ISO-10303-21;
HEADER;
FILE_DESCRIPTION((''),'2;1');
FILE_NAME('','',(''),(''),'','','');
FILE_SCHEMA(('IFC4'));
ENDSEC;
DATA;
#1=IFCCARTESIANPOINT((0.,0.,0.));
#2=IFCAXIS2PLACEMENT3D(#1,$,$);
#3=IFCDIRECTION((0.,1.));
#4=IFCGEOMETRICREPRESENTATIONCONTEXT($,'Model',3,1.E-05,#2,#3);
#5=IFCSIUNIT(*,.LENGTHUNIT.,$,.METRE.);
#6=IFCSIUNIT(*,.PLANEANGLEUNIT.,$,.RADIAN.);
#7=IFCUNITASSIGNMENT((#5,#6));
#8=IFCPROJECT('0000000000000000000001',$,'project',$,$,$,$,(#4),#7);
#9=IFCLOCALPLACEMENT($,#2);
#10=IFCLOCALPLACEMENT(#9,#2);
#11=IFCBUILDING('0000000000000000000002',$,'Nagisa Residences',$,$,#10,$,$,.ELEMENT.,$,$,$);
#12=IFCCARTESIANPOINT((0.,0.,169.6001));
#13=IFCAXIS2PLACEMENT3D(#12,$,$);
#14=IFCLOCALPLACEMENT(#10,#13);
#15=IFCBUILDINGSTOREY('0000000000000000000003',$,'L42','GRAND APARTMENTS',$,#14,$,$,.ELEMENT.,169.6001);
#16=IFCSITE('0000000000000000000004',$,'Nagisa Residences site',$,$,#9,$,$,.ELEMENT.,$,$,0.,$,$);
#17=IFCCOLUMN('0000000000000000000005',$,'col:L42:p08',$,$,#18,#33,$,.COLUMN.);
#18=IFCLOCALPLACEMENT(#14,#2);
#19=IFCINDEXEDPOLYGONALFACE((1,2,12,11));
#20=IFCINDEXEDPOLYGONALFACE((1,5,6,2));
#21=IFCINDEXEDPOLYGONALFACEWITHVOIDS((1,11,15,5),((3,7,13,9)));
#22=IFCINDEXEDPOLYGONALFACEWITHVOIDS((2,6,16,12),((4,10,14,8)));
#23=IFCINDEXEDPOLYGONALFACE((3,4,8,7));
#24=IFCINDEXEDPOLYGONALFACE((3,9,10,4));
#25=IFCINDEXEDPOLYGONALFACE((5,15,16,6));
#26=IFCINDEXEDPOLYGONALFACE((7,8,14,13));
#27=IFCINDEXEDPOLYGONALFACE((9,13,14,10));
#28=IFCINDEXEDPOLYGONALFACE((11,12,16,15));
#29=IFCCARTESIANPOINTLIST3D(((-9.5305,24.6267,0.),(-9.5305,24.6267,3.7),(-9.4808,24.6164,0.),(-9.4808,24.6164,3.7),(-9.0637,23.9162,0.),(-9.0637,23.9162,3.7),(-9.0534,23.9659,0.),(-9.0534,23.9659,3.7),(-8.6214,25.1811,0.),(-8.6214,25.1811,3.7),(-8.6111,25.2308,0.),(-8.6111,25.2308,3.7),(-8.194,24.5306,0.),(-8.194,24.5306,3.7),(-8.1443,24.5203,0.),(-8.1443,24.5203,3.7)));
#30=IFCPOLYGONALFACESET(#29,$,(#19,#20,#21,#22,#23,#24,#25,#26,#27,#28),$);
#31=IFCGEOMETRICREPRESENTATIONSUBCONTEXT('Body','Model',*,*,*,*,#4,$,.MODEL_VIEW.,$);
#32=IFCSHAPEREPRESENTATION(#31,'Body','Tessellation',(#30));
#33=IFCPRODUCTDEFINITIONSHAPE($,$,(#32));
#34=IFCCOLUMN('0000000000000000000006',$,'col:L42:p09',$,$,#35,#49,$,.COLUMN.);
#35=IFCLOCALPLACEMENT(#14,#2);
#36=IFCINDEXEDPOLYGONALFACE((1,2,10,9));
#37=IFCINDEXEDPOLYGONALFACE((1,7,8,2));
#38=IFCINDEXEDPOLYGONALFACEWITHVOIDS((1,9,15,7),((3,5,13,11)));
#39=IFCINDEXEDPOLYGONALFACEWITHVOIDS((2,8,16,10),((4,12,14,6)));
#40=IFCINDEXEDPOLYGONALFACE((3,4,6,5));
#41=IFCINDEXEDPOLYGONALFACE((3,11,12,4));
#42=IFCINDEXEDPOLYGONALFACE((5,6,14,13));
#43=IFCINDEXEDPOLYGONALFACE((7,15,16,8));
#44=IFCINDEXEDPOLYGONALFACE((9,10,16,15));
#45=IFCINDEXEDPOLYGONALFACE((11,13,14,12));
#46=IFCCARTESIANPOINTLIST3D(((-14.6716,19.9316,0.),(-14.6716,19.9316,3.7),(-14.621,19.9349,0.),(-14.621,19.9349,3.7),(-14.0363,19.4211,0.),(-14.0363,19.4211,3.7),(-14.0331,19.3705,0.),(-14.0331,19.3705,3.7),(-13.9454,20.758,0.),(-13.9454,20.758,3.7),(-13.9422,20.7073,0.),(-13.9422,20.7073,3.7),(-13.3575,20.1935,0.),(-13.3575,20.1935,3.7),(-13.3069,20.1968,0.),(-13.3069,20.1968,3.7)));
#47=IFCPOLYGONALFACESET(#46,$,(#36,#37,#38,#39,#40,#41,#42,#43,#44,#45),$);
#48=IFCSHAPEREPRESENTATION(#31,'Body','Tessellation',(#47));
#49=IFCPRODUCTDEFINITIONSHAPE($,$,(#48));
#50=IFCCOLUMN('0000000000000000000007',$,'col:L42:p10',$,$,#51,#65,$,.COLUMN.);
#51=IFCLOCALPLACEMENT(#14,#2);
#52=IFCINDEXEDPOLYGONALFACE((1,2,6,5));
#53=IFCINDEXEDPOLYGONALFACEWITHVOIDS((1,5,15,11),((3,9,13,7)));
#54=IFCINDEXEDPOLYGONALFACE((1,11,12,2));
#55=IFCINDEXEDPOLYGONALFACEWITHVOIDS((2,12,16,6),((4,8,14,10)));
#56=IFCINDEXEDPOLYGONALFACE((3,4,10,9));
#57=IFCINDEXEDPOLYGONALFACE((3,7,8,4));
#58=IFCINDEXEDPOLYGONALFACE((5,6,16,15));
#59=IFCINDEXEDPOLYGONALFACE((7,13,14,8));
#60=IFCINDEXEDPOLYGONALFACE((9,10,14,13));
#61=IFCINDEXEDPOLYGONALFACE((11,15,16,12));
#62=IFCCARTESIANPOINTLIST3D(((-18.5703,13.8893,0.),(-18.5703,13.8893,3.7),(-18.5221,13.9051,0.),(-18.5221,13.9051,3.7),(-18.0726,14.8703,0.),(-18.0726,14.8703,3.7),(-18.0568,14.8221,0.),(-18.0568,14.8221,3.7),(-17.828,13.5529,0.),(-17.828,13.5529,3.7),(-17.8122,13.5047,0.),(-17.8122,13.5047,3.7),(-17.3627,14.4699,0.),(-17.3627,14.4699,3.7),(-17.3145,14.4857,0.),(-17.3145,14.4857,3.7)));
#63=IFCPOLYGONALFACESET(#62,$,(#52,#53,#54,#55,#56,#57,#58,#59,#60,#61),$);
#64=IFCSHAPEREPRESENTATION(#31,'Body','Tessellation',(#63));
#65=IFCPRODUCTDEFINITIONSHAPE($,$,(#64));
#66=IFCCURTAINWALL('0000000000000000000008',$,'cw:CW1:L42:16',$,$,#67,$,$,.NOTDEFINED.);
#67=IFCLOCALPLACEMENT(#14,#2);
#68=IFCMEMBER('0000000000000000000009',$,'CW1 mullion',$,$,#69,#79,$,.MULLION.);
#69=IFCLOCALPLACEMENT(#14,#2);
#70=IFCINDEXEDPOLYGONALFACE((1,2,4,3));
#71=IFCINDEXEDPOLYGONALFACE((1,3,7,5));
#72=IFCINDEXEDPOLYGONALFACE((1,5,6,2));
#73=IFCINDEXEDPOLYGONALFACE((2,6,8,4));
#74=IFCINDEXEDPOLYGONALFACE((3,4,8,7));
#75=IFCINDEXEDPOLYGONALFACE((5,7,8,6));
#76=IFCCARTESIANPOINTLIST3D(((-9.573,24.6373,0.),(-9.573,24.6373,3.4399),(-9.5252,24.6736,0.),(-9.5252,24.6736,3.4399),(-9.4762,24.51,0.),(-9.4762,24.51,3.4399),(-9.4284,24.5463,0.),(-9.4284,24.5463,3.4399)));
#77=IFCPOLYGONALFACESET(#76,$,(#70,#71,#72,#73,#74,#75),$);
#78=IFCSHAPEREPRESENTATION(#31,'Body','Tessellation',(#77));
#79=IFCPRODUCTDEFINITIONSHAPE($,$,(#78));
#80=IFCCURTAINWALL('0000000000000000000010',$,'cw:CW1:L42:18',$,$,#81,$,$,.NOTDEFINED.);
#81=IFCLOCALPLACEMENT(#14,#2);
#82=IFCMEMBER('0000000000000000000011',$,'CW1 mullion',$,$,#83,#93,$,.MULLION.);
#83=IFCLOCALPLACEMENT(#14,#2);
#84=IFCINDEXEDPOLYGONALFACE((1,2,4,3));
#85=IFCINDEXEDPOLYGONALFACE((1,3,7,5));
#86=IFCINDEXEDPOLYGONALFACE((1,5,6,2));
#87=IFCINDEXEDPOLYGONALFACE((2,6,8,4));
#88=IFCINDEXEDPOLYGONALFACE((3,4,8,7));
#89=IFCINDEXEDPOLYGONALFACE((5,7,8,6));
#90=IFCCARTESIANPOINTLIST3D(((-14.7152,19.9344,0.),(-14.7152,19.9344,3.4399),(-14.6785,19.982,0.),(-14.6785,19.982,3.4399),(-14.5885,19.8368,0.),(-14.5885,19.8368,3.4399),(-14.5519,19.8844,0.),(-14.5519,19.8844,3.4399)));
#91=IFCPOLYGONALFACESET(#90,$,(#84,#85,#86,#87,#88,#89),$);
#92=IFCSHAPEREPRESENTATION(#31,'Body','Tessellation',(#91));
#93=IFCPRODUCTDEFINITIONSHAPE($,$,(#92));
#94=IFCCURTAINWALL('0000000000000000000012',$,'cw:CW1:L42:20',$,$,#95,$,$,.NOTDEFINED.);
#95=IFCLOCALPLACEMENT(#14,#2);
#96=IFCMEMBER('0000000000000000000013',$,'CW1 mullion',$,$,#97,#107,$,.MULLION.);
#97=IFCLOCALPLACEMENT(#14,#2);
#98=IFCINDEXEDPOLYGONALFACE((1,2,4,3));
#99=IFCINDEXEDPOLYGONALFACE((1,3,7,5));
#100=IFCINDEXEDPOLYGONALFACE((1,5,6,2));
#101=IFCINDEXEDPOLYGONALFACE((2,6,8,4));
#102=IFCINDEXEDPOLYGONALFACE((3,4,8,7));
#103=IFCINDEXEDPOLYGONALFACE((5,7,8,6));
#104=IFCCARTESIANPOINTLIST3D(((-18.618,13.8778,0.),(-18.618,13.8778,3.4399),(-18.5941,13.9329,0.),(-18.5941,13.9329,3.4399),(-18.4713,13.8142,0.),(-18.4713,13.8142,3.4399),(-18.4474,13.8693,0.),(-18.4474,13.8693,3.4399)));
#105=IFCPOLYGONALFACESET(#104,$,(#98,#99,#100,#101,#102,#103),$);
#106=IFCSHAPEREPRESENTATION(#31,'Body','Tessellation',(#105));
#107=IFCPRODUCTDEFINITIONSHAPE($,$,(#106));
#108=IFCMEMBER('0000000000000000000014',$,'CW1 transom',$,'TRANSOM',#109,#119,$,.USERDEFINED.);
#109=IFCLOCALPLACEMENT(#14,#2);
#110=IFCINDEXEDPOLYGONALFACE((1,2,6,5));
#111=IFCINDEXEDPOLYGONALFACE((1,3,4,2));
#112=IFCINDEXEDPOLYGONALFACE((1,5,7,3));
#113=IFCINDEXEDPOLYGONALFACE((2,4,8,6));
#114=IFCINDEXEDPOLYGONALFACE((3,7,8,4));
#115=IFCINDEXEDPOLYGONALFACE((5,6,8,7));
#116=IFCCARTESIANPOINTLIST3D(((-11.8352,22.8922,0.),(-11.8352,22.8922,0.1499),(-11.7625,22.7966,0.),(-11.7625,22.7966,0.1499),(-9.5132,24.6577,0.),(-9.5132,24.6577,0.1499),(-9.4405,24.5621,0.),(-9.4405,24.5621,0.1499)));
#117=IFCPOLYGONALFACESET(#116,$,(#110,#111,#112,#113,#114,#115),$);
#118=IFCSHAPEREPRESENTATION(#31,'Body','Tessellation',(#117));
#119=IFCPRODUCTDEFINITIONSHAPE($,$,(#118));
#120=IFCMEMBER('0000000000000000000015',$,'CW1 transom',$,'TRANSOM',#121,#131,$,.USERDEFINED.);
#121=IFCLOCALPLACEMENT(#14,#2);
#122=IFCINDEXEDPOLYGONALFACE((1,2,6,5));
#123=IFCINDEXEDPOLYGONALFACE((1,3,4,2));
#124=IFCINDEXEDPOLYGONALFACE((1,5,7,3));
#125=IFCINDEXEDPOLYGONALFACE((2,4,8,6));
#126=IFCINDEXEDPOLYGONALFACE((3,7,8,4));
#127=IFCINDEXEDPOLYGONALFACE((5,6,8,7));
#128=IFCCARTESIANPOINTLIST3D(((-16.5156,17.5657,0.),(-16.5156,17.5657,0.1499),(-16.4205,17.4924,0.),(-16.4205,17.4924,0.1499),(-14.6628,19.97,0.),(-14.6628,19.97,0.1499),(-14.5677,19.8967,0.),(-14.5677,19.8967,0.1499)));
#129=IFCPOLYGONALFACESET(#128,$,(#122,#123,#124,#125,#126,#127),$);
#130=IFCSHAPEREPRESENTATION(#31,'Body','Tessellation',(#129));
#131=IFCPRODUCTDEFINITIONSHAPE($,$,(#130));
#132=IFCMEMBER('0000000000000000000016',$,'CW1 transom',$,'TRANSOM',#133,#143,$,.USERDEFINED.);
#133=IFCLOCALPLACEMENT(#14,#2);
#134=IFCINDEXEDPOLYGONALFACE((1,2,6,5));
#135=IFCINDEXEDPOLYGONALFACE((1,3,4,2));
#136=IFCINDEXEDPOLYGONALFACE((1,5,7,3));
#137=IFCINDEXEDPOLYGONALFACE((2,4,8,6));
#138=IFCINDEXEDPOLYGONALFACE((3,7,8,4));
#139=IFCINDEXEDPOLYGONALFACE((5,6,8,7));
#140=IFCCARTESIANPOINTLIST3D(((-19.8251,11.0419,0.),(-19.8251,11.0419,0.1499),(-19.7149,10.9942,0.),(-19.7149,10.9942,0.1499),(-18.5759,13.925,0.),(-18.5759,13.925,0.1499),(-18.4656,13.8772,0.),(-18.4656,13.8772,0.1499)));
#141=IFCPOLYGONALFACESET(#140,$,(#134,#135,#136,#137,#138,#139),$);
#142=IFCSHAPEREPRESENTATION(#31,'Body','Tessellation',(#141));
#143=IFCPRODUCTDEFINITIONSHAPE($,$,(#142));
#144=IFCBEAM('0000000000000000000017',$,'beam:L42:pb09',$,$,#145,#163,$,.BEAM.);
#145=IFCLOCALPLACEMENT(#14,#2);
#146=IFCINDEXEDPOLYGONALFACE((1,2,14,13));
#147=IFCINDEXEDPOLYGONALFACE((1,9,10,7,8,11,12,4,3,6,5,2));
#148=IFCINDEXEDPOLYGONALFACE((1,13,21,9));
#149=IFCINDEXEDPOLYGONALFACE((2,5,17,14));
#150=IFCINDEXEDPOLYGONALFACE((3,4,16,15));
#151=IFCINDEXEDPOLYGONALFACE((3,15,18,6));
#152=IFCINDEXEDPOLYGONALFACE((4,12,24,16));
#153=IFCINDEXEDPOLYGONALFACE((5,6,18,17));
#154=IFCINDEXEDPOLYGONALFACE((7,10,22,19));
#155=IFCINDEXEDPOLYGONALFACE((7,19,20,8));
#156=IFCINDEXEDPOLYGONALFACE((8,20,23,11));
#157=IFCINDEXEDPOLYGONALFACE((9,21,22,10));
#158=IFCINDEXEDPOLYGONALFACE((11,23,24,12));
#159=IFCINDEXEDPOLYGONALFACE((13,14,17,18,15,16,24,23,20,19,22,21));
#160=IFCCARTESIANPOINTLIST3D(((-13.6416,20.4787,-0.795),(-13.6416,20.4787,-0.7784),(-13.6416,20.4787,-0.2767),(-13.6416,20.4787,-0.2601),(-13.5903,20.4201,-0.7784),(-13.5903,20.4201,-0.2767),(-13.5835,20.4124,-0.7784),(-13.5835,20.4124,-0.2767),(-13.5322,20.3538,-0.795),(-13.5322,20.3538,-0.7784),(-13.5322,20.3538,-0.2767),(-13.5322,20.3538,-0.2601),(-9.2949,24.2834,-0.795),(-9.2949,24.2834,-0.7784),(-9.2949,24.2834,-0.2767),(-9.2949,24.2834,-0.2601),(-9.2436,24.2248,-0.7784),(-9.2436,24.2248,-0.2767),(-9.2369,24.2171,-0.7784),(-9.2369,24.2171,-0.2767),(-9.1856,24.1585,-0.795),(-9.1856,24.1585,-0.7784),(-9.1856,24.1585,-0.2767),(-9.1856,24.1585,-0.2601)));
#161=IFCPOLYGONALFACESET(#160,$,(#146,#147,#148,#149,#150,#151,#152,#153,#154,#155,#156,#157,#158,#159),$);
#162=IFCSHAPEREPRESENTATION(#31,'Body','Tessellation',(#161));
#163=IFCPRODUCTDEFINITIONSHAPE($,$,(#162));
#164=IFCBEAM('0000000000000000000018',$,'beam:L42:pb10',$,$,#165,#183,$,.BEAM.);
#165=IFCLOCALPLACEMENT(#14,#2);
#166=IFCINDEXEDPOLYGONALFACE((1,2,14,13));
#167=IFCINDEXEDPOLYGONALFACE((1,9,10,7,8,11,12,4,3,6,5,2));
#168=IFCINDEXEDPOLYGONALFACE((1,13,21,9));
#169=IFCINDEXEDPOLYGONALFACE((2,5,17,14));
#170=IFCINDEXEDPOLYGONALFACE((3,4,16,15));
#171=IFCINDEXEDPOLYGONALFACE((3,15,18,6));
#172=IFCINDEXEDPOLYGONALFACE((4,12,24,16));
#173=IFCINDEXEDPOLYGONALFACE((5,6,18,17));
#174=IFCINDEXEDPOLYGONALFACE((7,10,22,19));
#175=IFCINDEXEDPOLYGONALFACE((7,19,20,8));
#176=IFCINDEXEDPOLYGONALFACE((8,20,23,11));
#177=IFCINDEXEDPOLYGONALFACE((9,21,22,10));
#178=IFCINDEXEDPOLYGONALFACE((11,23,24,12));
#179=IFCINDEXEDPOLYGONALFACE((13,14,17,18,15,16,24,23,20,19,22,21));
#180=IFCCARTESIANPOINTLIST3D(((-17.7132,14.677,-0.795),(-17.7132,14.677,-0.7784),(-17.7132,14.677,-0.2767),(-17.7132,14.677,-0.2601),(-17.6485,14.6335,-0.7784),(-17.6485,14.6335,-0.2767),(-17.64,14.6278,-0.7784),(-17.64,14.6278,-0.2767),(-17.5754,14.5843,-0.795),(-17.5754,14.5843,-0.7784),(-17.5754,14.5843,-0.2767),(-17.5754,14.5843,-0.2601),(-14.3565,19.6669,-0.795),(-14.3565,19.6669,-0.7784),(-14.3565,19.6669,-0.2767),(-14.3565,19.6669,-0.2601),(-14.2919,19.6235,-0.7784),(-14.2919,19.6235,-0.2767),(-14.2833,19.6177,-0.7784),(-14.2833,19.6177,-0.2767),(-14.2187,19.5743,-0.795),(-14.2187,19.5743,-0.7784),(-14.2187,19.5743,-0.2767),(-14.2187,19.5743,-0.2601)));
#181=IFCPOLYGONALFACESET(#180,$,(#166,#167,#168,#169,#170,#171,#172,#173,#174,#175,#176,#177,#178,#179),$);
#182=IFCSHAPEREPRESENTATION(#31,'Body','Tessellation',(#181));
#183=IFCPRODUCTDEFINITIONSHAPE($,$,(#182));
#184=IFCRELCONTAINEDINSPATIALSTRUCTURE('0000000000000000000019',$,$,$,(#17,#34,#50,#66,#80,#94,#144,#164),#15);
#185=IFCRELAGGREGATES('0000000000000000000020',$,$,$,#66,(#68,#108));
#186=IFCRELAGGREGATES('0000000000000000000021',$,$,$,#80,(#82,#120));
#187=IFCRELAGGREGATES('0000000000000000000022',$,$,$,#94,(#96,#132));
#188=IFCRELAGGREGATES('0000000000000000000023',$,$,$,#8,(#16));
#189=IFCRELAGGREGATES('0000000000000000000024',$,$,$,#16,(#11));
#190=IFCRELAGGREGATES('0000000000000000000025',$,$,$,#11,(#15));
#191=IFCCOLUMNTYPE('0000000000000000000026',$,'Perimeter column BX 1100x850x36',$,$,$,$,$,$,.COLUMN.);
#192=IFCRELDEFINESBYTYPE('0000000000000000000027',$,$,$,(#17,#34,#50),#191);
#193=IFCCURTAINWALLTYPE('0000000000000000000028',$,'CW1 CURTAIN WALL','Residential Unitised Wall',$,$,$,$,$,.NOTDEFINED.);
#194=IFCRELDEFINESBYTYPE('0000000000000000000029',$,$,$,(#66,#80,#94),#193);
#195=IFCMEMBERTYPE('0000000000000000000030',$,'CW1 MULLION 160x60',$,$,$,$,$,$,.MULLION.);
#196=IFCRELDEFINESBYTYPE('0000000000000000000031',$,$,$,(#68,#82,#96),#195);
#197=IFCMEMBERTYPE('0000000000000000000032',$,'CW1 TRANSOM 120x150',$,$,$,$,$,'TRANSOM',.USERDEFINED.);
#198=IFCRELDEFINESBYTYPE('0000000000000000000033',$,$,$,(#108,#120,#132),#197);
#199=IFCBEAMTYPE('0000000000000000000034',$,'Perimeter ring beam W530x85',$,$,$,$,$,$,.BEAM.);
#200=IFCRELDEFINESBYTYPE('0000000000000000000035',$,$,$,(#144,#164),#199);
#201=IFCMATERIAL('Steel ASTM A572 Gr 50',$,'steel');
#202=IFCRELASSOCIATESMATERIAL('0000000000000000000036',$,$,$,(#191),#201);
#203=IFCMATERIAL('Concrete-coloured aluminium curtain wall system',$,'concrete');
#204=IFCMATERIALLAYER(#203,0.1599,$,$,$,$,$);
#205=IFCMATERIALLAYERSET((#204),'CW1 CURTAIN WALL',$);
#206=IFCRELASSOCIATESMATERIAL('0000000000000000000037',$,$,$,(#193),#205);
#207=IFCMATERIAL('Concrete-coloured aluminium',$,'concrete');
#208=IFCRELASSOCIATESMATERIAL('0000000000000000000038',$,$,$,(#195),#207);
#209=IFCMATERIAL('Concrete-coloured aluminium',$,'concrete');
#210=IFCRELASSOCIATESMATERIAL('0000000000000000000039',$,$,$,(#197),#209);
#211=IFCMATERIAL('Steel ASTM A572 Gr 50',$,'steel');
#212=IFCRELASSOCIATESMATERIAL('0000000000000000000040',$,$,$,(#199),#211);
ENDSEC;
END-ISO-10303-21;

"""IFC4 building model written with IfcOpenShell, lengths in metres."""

from ifc_helpers import new_model, si_unit, direction, frame, origin, origin_2d, place, context, subcontext, project, spatial, rectangle, hollow_rectangle, i_section, extrude, material, layer, layer_set, material_profile, profile_set, type_object, element, aggregate, save


model = new_model("IFC4")

# Units and contexts
model_context = context("Model", 3, precision=1e-05, world=origin(), true_north=direction((0.0, 1.0)))
body_context = subcontext(model_context, "Body", "Model", "MODEL_VIEW")
ifc_project = project(units=[si_unit("LENGTHUNIT", "METRE"), si_unit("PLANEANGLEUNIT", "RADIAN")], contexts=[model_context])

# Site, building, storey
site_placement = place(None, origin())
site = spatial("IfcSite", under=ifc_project, at=site_placement, Name="Nagisa Residences site", CompositionType="ELEMENT", RefElevation=0.0)
building_placement = place(site_placement, origin())
building = spatial("IfcBuilding", under=site, at=building_placement, Name="Nagisa Residences", CompositionType="ELEMENT")
storey_placement = place(building_placement, frame((0.0, 0.0, 169.6001)))
storey = spatial("IfcBuildingStorey", under=building, at=storey_placement, Name="L42", Description="GRAND APARTMENTS", CompositionType="ELEMENT", Elevation=169.6001)

# Columns
ifc_material_1 = material(Name="Steel ASTM A572 Gr 50", Category="steel")
ifc_material_profile_1 = material_profile(ifc_material_1, hollow_rectangle(XDim=1.1001, YDim=0.8501, WallThickness=0.0359, at=origin_2d()), Name="BX 1100x850x36")
ifc_profile_set_1 = profile_set([ifc_material_profile_1], Name="Steel ASTM A572 Gr 50")
column_type = type_object("IfcColumnType", Name="Perimeter column BX 1100x850x36", PredefinedType="COLUMN", material=ifc_profile_set_1)
for number, where, z_axis, x_axis, name in (
    (1, (-8.8374, 24.5735, 0.0), (0.0, 0.0, 1.0), (-0.835766, -0.549086, 0.0), "col:L42:p08"),
    (2, (-13.9893, 20.0642, 0.0), (0.0, 0.0, 1.0), (-0.660115, -0.751165, 0.0), "col:L42:p09"),
    (3, (-17.9424, 14.1875, 0.0), (0.0, 0.0, 1.0), (-0.452463, -0.891783, 0.0), "col:L42:p10"),
):
    element("IfcColumn", number, at=place(storey_placement, frame(where, z_axis=z_axis, x_axis=x_axis)), inside=storey, type_object=column_type, Name=name, PredefinedType="COLUMN", context=body_context, shape_type="SweptSolid", body=[
        extrude(hollow_rectangle(XDim=1.1001, YDim=0.8501, WallThickness=0.0359, at=origin_2d()), origin(), (0.0, 0.0, 1.0), 3.7),
    ])

# Curtain walls, members
ifc_material_2 = material(Name="Concrete-coloured aluminium curtain wall system", Category="concrete")
ifc_layer_1 = layer(ifc_material_2, 0.1599)
ifc_layer_set_1 = layer_set([ifc_layer_1], Name="CW1 CURTAIN WALL")
curtain_wall_type = type_object("IfcCurtainWallType", Name="CW1 CURTAIN WALL", Description="Residential Unitised Wall", PredefinedType="NOTDEFINED", material=ifc_layer_set_1)
curtain_wall_1_placement = place(storey_placement, origin())
curtain_wall_1 = element("IfcCurtainWall", 4, at=curtain_wall_1_placement, inside=storey, type_object=curtain_wall_type, Name="cw:CW1:L42:16", PredefinedType="NOTDEFINED")
ifc_material_3 = material(Name="Concrete-coloured aluminium", Category="concrete")
ifc_material_profile_2 = material_profile(ifc_material_3, rectangle(XDim=0.1599, YDim=0.0601, at=origin_2d()), Name="CW1 MULLION 160x60")
ifc_profile_set_2 = profile_set([ifc_material_profile_2], Name="Concrete-coloured aluminium")
member_type_1 = type_object("IfcMemberType", Name="CW1 MULLION 160x60", PredefinedType="MULLION", material=ifc_profile_set_2)
member_1_placement = place(storey_placement, frame((-9.5007, 24.5918, 0.0), z_axis=(0.0, 0.0, 1.0), x_axis=(0.605255, -0.796031, 0.0)))
member_1 = element("IfcMember", 5, at=member_1_placement, type_object=member_type_1, Name="CW1 mullion", PredefinedType="MULLION", context=body_context, shape_type="SweptSolid", body=[
    extrude(rectangle(XDim=0.1599, YDim=0.0601, at=origin_2d()), origin(), (0.0, 0.0, 1.0), 3.4399),
])
curtain_wall_2_placement = place(storey_placement, origin())
curtain_wall_2 = element("IfcCurtainWall", 6, at=curtain_wall_2_placement, inside=storey, type_object=curtain_wall_type, Name="cw:CW1:L42:18", PredefinedType="NOTDEFINED")
member_2_placement = place(storey_placement, frame((-14.6335, 19.9094, 0.0), z_axis=(0.0, 0.0, 1.0), x_axis=(0.79207, -0.61043, 0.0)))
member_2 = element("IfcMember", 7, at=member_2_placement, type_object=member_type_1, Name="CW1 mullion", PredefinedType="MULLION", context=body_context, shape_type="SweptSolid", body=[
    extrude(rectangle(XDim=0.1599, YDim=0.0601, at=origin_2d()), origin(), (0.0, 0.0, 1.0), 3.4399),
])
curtain_wall_3_placement = place(storey_placement, origin())
curtain_wall_3 = element("IfcCurtainWall", 8, at=curtain_wall_3_placement, inside=storey, type_object=curtain_wall_type, Name="cw:CW1:L42:20", PredefinedType="NOTDEFINED")
member_3_placement = place(storey_placement, frame((-18.5327, 13.8735, 0.0), z_axis=(0.0, 0.0, 1.0), x_axis=(0.917543, -0.397636, 0.0)))
member_3 = element("IfcMember", 9, at=member_3_placement, type_object=member_type_1, Name="CW1 mullion", PredefinedType="MULLION", context=body_context, shape_type="SweptSolid", body=[
    extrude(rectangle(XDim=0.1599, YDim=0.0601, at=origin_2d()), origin(), (0.0, 0.0, 1.0), 3.4399),
])

# Members
ifc_material_4 = material(Name="Concrete-coloured aluminium", Category="concrete")
ifc_material_profile_3 = material_profile(ifc_material_4, rectangle(XDim=0.1201, YDim=0.1499, at=origin_2d()), Name="CW1 TRANSOM 120x150")
ifc_profile_set_3 = profile_set([ifc_material_profile_3], Name="Concrete-coloured aluminium")
member_type_2 = type_object("IfcMemberType", Name="CW1 TRANSOM 120x150", ElementType="TRANSOM", PredefinedType="USERDEFINED", material=ifc_profile_set_3)
member_4_placement = place(storey_placement, frame((-9.4768, 24.6099, 0.075), z_axis=(-0.796056, -0.605223, 0.0), x_axis=(0.605223, -0.796056, 0.0)))
member_4 = element("IfcMember", 10, at=member_4_placement, type_object=member_type_2, Name="CW1 transom", ObjectType="TRANSOM", PredefinedType="USERDEFINED", context=body_context, shape_type="SweptSolid", body=[
    extrude(rectangle(XDim=0.1201, YDim=0.1499, at=origin_2d()), origin(), (0.0, 0.0, 1.0), 2.917),
])
member_5_placement = place(storey_placement, frame((-14.6152, 19.9333, 0.075), z_axis=(-0.610399, -0.792094, 0.0), x_axis=(0.792094, -0.610399, 0.0)))
member_5 = element("IfcMember", 11, at=member_5_placement, type_object=member_type_2, Name="CW1 transom", ObjectType="TRANSOM", PredefinedType="USERDEFINED", context=body_context, shape_type="SweptSolid", body=[
    extrude(rectangle(XDim=0.1201, YDim=0.1499, at=origin_2d()), origin(), (0.0, 0.0, 1.0), 3.0354),
])
member_6_placement = place(storey_placement, frame((-18.5208, 13.9011, 0.075), z_axis=(-0.397592, -0.917562, 0.0), x_axis=(0.917562, -0.397592, 0.0)))
member_6 = element("IfcMember", 12, at=member_6_placement, type_object=member_type_2, Name="CW1 transom", ObjectType="TRANSOM", PredefinedType="USERDEFINED", context=body_context, shape_type="SweptSolid", body=[
    extrude(rectangle(XDim=0.1201, YDim=0.1499, at=origin_2d()), origin(), (0.0, 0.0, 1.0), 3.1421),
])

# Beams
ifc_material_5 = material(Name="Steel ASTM A572 Gr 50", Category="steel")
ifc_material_profile_4 = material_profile(ifc_material_5, i_section(OverallWidth=0.166, OverallDepth=0.5349, WebThickness=0.0103, FlangeThickness=0.0166, at=origin_2d()), Name="W530x85")
ifc_profile_set_4 = profile_set([ifc_material_profile_4], Name="Steel ASTM A572 Gr 50")
beam_type_1 = type_object("IfcBeamType", Name="Perimeter ring beam W530x85", PredefinedType="BEAM", material=ifc_profile_set_4)
beam_1_placement = place(storey_placement, frame((-9.2402, 24.2209, -0.5276), z_axis=(-0.752461, -0.658636, 0.0), x_axis=(0.658636, -0.752461, 0.0)))
element("IfcBeam", 13, at=beam_1_placement, inside=storey, type_object=beam_type_1, Name="beam:L42:pb09", PredefinedType="BEAM", context=body_context, shape_type="SweptSolid", body=[
    extrude(i_section(OverallWidth=0.166, OverallDepth=0.5349, WebThickness=0.0103, FlangeThickness=0.0166, at=origin_2d()), origin(), (0.0, 0.0, 1.0), 5.7766),
])
beam_2_placement = place(storey_placement, frame((-14.2876, 19.6206, -0.5276), z_axis=(-0.558152, -0.829739, 0.0), x_axis=(0.829739, -0.558152, 0.0)))
element("IfcBeam", 14, at=beam_2_placement, inside=storey, type_object=beam_type_1, Name="beam:L42:pb10", PredefinedType="BEAM", context=body_context, shape_type="SweptSolid", body=[
    extrude(i_section(OverallWidth=0.166, OverallDepth=0.5349, WebThickness=0.0103, FlangeThickness=0.0166, at=origin_2d()), origin(), (0.0, 0.0, 1.0), 6.0139),
])

aggregate(curtain_wall_1, [member_1, member_4])
aggregate(curtain_wall_2, [member_2, member_5])
aggregate(curtain_wall_3, [member_3, member_6])

save(model, "model.ifc")
